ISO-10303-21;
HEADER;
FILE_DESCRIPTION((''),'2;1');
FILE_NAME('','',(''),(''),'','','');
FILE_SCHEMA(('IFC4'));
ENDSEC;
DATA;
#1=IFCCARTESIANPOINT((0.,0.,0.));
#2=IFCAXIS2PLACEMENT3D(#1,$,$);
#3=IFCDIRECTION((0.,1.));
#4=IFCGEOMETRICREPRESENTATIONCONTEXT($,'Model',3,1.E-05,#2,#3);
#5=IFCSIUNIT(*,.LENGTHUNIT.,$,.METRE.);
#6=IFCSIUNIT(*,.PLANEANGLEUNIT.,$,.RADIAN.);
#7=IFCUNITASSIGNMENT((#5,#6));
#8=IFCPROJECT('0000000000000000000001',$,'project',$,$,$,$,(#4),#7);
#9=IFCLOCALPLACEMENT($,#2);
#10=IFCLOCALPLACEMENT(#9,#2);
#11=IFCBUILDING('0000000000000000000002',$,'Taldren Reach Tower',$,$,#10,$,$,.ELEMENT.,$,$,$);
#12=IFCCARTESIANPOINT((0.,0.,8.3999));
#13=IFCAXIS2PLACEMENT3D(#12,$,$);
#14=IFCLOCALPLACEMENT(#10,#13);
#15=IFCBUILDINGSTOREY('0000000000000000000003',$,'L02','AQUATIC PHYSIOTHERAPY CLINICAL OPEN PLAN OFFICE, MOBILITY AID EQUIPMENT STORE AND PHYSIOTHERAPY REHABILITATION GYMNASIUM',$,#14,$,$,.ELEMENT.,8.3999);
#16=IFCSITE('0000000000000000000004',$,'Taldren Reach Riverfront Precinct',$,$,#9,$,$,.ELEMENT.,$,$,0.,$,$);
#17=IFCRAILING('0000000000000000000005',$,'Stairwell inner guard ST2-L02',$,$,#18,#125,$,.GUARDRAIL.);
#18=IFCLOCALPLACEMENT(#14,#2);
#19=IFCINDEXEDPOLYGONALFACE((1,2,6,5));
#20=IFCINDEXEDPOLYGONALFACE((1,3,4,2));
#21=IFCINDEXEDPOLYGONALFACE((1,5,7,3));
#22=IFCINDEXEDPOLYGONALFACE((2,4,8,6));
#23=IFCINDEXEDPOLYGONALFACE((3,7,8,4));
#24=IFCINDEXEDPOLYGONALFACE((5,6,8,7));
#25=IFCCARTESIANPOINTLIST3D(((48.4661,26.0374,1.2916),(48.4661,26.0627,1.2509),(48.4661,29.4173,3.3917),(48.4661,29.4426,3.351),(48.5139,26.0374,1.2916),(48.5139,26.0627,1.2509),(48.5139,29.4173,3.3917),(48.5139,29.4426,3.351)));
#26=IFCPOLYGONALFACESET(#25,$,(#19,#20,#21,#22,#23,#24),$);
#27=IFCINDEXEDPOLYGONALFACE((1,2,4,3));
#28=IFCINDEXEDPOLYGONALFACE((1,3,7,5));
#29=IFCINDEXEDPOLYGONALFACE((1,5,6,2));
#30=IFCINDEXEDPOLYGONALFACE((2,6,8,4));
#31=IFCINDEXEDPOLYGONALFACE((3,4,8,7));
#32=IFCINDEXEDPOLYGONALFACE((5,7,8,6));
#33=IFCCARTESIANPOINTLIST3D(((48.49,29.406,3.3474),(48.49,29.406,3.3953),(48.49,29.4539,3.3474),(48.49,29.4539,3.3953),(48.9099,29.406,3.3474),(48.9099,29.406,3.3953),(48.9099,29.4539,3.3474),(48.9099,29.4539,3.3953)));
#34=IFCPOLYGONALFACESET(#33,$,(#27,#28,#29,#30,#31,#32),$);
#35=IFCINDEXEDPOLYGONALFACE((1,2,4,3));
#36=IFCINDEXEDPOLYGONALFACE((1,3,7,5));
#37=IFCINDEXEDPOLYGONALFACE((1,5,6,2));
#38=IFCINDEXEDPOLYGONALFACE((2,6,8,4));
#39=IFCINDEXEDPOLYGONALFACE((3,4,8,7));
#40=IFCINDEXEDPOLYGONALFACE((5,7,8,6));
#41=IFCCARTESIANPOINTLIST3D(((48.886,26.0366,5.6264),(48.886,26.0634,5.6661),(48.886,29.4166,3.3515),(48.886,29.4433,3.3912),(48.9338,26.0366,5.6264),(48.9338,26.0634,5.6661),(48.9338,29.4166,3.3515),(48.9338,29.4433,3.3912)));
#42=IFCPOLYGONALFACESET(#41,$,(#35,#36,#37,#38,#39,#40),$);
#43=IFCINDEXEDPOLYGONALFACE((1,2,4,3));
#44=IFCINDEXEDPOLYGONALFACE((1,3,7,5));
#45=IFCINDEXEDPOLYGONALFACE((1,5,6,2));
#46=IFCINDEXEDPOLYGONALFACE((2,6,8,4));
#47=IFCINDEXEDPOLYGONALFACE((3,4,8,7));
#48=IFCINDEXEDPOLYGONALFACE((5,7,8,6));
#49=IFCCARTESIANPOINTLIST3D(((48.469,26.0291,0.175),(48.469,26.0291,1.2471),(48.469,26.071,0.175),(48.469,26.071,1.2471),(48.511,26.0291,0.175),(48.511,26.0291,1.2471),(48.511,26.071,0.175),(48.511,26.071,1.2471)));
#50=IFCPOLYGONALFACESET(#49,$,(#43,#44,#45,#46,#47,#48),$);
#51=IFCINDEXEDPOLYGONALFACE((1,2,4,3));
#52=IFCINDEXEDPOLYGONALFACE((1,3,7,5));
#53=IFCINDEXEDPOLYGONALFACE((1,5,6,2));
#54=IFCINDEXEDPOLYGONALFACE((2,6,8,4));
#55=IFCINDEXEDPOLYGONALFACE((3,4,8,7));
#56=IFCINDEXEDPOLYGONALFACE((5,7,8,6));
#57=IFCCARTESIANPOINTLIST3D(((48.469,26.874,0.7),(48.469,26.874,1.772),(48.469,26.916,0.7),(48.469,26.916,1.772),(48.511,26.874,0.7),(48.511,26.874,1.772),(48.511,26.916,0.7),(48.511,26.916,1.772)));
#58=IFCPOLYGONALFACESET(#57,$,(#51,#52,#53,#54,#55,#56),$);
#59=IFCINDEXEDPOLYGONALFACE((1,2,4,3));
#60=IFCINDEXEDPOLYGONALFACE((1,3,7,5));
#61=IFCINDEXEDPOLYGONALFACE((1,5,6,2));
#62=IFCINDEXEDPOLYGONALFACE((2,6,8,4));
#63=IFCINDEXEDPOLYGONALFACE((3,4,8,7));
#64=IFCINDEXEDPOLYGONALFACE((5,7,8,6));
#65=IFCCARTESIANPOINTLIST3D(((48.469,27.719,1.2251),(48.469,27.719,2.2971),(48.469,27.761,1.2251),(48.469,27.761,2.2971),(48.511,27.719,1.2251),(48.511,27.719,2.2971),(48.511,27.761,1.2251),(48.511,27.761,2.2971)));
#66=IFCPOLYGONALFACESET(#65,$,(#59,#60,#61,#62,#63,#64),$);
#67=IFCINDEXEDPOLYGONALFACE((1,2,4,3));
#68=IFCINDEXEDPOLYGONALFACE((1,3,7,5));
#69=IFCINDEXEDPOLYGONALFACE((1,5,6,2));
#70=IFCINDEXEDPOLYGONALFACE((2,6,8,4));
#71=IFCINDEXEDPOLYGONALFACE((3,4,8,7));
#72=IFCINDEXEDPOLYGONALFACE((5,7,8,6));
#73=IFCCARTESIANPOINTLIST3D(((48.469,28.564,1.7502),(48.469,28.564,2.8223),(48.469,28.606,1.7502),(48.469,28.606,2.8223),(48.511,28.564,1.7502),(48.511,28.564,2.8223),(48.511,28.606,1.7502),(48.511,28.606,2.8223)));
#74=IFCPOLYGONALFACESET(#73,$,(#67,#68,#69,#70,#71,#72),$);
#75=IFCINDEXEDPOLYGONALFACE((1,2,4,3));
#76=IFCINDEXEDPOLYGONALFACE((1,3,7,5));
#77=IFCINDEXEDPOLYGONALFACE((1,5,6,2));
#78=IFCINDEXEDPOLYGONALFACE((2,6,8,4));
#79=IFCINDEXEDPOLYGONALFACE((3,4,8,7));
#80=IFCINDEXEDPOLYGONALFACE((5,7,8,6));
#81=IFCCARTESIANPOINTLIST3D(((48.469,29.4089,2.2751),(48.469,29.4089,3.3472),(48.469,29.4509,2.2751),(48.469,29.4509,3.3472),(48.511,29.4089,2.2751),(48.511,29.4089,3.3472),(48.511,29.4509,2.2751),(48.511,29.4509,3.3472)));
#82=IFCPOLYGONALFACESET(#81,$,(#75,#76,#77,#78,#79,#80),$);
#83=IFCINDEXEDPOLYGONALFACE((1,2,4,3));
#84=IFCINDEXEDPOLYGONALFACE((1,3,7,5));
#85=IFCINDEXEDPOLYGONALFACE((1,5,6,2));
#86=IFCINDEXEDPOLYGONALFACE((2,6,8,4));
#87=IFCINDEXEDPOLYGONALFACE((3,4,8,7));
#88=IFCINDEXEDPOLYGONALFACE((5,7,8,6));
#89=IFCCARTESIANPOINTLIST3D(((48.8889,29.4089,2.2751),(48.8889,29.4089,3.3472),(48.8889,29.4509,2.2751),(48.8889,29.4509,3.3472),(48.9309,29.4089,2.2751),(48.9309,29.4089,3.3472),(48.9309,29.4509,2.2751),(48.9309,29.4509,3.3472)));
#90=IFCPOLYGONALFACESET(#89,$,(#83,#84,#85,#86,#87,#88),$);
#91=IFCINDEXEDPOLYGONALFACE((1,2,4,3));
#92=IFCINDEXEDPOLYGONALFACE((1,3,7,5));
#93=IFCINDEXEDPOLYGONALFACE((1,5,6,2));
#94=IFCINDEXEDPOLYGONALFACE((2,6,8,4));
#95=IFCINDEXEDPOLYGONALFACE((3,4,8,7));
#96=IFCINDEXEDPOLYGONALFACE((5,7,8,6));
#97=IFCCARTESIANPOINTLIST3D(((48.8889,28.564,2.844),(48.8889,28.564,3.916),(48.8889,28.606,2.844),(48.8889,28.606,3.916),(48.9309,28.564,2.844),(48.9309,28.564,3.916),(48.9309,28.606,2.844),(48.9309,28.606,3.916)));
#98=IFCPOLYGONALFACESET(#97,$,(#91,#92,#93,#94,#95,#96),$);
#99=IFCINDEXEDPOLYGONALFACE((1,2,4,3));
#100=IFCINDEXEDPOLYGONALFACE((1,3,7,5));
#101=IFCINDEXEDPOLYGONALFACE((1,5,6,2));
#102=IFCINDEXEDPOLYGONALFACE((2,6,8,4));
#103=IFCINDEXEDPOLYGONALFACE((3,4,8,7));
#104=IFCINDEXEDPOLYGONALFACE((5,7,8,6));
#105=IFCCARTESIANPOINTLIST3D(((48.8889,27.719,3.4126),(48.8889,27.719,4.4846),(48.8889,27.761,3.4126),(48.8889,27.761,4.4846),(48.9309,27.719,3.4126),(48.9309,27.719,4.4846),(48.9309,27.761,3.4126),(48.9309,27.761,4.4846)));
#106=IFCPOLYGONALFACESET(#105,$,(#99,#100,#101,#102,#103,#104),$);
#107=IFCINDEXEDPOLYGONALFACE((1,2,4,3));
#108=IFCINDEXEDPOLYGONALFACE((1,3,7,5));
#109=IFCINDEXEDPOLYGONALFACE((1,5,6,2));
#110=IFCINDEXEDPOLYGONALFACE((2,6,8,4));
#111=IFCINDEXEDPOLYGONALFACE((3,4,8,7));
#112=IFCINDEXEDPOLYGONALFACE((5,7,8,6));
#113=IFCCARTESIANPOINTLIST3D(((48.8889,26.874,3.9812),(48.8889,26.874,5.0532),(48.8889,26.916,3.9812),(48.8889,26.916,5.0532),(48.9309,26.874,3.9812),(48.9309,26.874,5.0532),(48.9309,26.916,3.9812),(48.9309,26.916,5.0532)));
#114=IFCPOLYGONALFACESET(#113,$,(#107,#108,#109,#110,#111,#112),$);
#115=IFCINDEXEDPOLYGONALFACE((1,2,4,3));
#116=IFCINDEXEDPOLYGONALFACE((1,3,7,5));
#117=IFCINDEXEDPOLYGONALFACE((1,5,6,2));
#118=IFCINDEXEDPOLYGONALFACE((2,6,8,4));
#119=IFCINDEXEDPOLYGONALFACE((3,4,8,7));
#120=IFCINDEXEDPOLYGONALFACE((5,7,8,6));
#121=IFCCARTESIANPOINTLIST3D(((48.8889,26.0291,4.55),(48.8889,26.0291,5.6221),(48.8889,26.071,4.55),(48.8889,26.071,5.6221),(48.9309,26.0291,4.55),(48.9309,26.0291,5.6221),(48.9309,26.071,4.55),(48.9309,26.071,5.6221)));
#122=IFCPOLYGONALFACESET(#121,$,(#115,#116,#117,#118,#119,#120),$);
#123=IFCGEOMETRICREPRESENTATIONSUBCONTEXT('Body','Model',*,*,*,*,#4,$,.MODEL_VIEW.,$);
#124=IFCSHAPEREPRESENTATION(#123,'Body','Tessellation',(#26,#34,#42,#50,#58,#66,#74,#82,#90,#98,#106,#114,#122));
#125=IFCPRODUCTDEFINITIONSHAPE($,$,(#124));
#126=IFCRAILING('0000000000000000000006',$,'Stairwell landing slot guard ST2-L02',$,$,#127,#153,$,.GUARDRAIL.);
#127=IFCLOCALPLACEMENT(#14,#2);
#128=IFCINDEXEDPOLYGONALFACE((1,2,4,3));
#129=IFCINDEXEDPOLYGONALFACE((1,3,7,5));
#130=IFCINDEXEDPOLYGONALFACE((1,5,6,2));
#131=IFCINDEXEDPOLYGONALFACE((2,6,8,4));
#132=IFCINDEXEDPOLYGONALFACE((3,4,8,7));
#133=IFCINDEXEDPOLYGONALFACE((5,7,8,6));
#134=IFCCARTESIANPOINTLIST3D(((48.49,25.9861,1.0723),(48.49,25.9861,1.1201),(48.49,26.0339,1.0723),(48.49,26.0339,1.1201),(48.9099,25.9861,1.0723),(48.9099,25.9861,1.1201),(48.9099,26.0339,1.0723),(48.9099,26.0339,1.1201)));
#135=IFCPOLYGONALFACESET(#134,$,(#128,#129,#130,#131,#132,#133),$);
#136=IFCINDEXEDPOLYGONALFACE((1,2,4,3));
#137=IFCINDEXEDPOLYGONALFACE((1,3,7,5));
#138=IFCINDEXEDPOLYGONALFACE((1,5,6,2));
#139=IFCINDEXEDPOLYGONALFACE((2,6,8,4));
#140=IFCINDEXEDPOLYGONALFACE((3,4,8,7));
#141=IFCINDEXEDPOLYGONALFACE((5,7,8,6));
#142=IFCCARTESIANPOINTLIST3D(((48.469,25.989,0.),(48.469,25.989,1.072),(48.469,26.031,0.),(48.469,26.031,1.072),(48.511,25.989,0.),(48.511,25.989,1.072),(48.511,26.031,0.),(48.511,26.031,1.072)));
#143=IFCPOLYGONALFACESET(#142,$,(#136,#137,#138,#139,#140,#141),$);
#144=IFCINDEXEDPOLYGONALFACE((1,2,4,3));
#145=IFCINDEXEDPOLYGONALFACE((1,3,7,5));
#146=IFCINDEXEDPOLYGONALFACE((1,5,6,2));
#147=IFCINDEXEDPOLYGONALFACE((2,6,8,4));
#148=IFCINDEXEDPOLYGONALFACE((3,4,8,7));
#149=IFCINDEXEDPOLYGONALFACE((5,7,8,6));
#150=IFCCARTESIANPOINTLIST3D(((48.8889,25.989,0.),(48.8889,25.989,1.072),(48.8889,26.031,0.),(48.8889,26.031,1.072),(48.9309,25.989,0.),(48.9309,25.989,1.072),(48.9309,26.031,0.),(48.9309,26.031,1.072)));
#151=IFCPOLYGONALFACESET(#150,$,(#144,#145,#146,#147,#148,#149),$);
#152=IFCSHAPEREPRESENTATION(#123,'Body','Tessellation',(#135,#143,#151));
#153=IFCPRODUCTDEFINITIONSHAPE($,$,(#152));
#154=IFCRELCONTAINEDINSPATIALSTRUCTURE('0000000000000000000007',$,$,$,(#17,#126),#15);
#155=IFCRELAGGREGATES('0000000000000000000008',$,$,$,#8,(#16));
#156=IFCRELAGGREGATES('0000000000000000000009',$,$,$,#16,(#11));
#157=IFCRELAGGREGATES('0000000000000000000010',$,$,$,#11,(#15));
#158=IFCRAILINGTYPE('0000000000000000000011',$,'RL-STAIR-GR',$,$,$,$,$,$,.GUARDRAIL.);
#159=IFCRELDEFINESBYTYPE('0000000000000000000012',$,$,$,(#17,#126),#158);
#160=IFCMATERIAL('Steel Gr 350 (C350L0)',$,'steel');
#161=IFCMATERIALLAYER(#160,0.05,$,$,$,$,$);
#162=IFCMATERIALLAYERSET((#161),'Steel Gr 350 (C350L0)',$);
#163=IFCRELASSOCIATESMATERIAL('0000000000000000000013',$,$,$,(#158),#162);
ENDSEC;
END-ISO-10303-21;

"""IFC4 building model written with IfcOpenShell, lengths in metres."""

from ifc_helpers import new_model, si_unit, direction, frame, origin, origin_2d, place, context, subcontext, project, spatial, rectangle, extrude, material, layer, layer_set, type_object, element, save


model = new_model("IFC4")

# Units and contexts
model_context = context("Model", 3, precision=1e-05, world=origin(), true_north=direction((0.0, 1.0)))
body_context = subcontext(model_context, "Body", "Model", "MODEL_VIEW")
ifc_project = project(units=[si_unit("LENGTHUNIT", "METRE"), si_unit("PLANEANGLEUNIT", "RADIAN")], contexts=[model_context])

# Site, building, storey
site_placement = place(None, origin())
site = spatial("IfcSite", under=ifc_project, at=site_placement, Name="Taldren Reach Riverfront Precinct", CompositionType="ELEMENT", RefElevation=0.0)
building_placement = place(site_placement, origin())
building = spatial("IfcBuilding", under=site, at=building_placement, Name="Taldren Reach Tower", CompositionType="ELEMENT")
storey_placement = place(building_placement, frame((0.0, 0.0, 8.3999)))
storey = spatial("IfcBuildingStorey", under=building, at=storey_placement, Name="L02", Description="AQUATIC PHYSIOTHERAPY CLINICAL OPEN PLAN OFFICE, MOBILITY AID EQUIPMENT STORE AND PHYSIOTHERAPY REHABILITATION GYMNASIUM", CompositionType="ELEMENT", Elevation=8.3999)

# Shared definitions
ifc_material_1 = material(Name="Steel Gr 350 (C350L0)", Category="steel")

# Railings
ifc_layer_1 = layer(ifc_material_1, 0.05)
ifc_layer_set_1 = layer_set([ifc_layer_1], Name="Steel Gr 350 (C350L0)")
railing_type_1 = type_object("IfcRailingType", Name="RL-STAIR-GR", PredefinedType="GUARDRAIL", material=ifc_layer_set_1)
railing_1_placement = place(storey_placement, frame((48.49, 26.05, 0.175)))
element("IfcRailing", 1, at=railing_1_placement, inside=storey, type_object=railing_type_1, Name="Stairwell inner guard ST2-L02", PredefinedType="GUARDRAIL", context=body_context, shape_type="SweptSolid", body=[
    extrude(rectangle(XDim=0.0479, YDim=0.0479, at=origin_2d()), frame((0.0, 0.0, 1.0962), z_axis=(0.0, 0.849388, 0.527769), x_axis=(-1.0, 0.0, 0.0)), (0.0, 0.0, 1.0), 3.9792),
    extrude(rectangle(XDim=0.0479, YDim=0.0479, at=origin_2d()), frame((0.0, 3.3799, 3.1963), z_axis=(1.0, 0.0, 0.0), x_axis=(0.0, 1.0, 0.0)), (0.0, 0.0, 1.0), 0.4199),
    extrude(rectangle(XDim=0.0479, YDim=0.0479, at=origin_2d()), frame((0.4199, 3.3799, 3.1963), z_axis=(0.0, -0.82959, 0.558373), x_axis=(1.0, 0.0, 0.0)), (0.0, 0.0, 1.0), 4.0742),
    extrude(rectangle(XDim=0.042, YDim=0.042, at=origin_2d()), origin(), (0.0, 0.0, 1.0), 1.072),
    extrude(rectangle(XDim=0.042, YDim=0.042, at=origin_2d()), frame((0.0, 0.845, 0.5249)), (0.0, 0.0, 1.0), 1.072),
    extrude(rectangle(XDim=0.042, YDim=0.042, at=origin_2d()), frame((0.0, 1.6899, 1.05)), (0.0, 0.0, 1.0), 1.072),
    extrude(rectangle(XDim=0.042, YDim=0.042, at=origin_2d()), frame((0.0, 2.5349, 1.5752)), (0.0, 0.0, 1.0), 1.072),
    extrude(rectangle(XDim=0.042, YDim=0.042, at=origin_2d()), frame((0.0, 3.3799, 2.1001)), (0.0, 0.0, 1.0), 1.072),
    extrude(rectangle(XDim=0.042, YDim=0.042, at=origin_2d()), frame((0.4199, 3.3799, 2.1001)), (0.0, 0.0, 1.0), 1.072),
    extrude(rectangle(XDim=0.042, YDim=0.042, at=origin_2d()), frame((0.4199, 2.5349, 2.6689)), (0.0, 0.0, 1.0), 1.072),
    extrude(rectangle(XDim=0.042, YDim=0.042, at=origin_2d()), frame((0.4199, 1.6899, 3.2375)), (0.0, 0.0, 1.0), 1.072),
    extrude(rectangle(XDim=0.042, YDim=0.042, at=origin_2d()), frame((0.4199, 0.845, 3.8062)), (0.0, 0.0, 1.0), 1.072),
    extrude(rectangle(XDim=0.042, YDim=0.042, at=origin_2d()), frame((0.4199, 0.0, 4.375)), (0.0, 0.0, 1.0), 1.072),
])
railing_2_placement = place(storey_placement, frame((48.49, 26.01, 0.0)))
element("IfcRailing", 2, at=railing_2_placement, inside=storey, type_object=railing_type_1, Name="Stairwell landing slot guard ST2-L02", PredefinedType="GUARDRAIL", context=body_context, shape_type="SweptSolid", body=[
    extrude(rectangle(XDim=0.0479, YDim=0.0479, at=origin_2d()), frame((0.0, 0.0, 1.0962), z_axis=(1.0, 0.0, 0.0), x_axis=(0.0, 1.0, 0.0)), (0.0, 0.0, 1.0), 0.4199),
    extrude(rectangle(XDim=0.042, YDim=0.042, at=origin_2d()), origin(), (0.0, 0.0, 1.0), 1.072),
    extrude(rectangle(XDim=0.042, YDim=0.042, at=origin_2d()), frame((0.4199, 0.0, 0.0)), (0.0, 0.0, 1.0), 1.072),
])

save(model, "model.ifc")
